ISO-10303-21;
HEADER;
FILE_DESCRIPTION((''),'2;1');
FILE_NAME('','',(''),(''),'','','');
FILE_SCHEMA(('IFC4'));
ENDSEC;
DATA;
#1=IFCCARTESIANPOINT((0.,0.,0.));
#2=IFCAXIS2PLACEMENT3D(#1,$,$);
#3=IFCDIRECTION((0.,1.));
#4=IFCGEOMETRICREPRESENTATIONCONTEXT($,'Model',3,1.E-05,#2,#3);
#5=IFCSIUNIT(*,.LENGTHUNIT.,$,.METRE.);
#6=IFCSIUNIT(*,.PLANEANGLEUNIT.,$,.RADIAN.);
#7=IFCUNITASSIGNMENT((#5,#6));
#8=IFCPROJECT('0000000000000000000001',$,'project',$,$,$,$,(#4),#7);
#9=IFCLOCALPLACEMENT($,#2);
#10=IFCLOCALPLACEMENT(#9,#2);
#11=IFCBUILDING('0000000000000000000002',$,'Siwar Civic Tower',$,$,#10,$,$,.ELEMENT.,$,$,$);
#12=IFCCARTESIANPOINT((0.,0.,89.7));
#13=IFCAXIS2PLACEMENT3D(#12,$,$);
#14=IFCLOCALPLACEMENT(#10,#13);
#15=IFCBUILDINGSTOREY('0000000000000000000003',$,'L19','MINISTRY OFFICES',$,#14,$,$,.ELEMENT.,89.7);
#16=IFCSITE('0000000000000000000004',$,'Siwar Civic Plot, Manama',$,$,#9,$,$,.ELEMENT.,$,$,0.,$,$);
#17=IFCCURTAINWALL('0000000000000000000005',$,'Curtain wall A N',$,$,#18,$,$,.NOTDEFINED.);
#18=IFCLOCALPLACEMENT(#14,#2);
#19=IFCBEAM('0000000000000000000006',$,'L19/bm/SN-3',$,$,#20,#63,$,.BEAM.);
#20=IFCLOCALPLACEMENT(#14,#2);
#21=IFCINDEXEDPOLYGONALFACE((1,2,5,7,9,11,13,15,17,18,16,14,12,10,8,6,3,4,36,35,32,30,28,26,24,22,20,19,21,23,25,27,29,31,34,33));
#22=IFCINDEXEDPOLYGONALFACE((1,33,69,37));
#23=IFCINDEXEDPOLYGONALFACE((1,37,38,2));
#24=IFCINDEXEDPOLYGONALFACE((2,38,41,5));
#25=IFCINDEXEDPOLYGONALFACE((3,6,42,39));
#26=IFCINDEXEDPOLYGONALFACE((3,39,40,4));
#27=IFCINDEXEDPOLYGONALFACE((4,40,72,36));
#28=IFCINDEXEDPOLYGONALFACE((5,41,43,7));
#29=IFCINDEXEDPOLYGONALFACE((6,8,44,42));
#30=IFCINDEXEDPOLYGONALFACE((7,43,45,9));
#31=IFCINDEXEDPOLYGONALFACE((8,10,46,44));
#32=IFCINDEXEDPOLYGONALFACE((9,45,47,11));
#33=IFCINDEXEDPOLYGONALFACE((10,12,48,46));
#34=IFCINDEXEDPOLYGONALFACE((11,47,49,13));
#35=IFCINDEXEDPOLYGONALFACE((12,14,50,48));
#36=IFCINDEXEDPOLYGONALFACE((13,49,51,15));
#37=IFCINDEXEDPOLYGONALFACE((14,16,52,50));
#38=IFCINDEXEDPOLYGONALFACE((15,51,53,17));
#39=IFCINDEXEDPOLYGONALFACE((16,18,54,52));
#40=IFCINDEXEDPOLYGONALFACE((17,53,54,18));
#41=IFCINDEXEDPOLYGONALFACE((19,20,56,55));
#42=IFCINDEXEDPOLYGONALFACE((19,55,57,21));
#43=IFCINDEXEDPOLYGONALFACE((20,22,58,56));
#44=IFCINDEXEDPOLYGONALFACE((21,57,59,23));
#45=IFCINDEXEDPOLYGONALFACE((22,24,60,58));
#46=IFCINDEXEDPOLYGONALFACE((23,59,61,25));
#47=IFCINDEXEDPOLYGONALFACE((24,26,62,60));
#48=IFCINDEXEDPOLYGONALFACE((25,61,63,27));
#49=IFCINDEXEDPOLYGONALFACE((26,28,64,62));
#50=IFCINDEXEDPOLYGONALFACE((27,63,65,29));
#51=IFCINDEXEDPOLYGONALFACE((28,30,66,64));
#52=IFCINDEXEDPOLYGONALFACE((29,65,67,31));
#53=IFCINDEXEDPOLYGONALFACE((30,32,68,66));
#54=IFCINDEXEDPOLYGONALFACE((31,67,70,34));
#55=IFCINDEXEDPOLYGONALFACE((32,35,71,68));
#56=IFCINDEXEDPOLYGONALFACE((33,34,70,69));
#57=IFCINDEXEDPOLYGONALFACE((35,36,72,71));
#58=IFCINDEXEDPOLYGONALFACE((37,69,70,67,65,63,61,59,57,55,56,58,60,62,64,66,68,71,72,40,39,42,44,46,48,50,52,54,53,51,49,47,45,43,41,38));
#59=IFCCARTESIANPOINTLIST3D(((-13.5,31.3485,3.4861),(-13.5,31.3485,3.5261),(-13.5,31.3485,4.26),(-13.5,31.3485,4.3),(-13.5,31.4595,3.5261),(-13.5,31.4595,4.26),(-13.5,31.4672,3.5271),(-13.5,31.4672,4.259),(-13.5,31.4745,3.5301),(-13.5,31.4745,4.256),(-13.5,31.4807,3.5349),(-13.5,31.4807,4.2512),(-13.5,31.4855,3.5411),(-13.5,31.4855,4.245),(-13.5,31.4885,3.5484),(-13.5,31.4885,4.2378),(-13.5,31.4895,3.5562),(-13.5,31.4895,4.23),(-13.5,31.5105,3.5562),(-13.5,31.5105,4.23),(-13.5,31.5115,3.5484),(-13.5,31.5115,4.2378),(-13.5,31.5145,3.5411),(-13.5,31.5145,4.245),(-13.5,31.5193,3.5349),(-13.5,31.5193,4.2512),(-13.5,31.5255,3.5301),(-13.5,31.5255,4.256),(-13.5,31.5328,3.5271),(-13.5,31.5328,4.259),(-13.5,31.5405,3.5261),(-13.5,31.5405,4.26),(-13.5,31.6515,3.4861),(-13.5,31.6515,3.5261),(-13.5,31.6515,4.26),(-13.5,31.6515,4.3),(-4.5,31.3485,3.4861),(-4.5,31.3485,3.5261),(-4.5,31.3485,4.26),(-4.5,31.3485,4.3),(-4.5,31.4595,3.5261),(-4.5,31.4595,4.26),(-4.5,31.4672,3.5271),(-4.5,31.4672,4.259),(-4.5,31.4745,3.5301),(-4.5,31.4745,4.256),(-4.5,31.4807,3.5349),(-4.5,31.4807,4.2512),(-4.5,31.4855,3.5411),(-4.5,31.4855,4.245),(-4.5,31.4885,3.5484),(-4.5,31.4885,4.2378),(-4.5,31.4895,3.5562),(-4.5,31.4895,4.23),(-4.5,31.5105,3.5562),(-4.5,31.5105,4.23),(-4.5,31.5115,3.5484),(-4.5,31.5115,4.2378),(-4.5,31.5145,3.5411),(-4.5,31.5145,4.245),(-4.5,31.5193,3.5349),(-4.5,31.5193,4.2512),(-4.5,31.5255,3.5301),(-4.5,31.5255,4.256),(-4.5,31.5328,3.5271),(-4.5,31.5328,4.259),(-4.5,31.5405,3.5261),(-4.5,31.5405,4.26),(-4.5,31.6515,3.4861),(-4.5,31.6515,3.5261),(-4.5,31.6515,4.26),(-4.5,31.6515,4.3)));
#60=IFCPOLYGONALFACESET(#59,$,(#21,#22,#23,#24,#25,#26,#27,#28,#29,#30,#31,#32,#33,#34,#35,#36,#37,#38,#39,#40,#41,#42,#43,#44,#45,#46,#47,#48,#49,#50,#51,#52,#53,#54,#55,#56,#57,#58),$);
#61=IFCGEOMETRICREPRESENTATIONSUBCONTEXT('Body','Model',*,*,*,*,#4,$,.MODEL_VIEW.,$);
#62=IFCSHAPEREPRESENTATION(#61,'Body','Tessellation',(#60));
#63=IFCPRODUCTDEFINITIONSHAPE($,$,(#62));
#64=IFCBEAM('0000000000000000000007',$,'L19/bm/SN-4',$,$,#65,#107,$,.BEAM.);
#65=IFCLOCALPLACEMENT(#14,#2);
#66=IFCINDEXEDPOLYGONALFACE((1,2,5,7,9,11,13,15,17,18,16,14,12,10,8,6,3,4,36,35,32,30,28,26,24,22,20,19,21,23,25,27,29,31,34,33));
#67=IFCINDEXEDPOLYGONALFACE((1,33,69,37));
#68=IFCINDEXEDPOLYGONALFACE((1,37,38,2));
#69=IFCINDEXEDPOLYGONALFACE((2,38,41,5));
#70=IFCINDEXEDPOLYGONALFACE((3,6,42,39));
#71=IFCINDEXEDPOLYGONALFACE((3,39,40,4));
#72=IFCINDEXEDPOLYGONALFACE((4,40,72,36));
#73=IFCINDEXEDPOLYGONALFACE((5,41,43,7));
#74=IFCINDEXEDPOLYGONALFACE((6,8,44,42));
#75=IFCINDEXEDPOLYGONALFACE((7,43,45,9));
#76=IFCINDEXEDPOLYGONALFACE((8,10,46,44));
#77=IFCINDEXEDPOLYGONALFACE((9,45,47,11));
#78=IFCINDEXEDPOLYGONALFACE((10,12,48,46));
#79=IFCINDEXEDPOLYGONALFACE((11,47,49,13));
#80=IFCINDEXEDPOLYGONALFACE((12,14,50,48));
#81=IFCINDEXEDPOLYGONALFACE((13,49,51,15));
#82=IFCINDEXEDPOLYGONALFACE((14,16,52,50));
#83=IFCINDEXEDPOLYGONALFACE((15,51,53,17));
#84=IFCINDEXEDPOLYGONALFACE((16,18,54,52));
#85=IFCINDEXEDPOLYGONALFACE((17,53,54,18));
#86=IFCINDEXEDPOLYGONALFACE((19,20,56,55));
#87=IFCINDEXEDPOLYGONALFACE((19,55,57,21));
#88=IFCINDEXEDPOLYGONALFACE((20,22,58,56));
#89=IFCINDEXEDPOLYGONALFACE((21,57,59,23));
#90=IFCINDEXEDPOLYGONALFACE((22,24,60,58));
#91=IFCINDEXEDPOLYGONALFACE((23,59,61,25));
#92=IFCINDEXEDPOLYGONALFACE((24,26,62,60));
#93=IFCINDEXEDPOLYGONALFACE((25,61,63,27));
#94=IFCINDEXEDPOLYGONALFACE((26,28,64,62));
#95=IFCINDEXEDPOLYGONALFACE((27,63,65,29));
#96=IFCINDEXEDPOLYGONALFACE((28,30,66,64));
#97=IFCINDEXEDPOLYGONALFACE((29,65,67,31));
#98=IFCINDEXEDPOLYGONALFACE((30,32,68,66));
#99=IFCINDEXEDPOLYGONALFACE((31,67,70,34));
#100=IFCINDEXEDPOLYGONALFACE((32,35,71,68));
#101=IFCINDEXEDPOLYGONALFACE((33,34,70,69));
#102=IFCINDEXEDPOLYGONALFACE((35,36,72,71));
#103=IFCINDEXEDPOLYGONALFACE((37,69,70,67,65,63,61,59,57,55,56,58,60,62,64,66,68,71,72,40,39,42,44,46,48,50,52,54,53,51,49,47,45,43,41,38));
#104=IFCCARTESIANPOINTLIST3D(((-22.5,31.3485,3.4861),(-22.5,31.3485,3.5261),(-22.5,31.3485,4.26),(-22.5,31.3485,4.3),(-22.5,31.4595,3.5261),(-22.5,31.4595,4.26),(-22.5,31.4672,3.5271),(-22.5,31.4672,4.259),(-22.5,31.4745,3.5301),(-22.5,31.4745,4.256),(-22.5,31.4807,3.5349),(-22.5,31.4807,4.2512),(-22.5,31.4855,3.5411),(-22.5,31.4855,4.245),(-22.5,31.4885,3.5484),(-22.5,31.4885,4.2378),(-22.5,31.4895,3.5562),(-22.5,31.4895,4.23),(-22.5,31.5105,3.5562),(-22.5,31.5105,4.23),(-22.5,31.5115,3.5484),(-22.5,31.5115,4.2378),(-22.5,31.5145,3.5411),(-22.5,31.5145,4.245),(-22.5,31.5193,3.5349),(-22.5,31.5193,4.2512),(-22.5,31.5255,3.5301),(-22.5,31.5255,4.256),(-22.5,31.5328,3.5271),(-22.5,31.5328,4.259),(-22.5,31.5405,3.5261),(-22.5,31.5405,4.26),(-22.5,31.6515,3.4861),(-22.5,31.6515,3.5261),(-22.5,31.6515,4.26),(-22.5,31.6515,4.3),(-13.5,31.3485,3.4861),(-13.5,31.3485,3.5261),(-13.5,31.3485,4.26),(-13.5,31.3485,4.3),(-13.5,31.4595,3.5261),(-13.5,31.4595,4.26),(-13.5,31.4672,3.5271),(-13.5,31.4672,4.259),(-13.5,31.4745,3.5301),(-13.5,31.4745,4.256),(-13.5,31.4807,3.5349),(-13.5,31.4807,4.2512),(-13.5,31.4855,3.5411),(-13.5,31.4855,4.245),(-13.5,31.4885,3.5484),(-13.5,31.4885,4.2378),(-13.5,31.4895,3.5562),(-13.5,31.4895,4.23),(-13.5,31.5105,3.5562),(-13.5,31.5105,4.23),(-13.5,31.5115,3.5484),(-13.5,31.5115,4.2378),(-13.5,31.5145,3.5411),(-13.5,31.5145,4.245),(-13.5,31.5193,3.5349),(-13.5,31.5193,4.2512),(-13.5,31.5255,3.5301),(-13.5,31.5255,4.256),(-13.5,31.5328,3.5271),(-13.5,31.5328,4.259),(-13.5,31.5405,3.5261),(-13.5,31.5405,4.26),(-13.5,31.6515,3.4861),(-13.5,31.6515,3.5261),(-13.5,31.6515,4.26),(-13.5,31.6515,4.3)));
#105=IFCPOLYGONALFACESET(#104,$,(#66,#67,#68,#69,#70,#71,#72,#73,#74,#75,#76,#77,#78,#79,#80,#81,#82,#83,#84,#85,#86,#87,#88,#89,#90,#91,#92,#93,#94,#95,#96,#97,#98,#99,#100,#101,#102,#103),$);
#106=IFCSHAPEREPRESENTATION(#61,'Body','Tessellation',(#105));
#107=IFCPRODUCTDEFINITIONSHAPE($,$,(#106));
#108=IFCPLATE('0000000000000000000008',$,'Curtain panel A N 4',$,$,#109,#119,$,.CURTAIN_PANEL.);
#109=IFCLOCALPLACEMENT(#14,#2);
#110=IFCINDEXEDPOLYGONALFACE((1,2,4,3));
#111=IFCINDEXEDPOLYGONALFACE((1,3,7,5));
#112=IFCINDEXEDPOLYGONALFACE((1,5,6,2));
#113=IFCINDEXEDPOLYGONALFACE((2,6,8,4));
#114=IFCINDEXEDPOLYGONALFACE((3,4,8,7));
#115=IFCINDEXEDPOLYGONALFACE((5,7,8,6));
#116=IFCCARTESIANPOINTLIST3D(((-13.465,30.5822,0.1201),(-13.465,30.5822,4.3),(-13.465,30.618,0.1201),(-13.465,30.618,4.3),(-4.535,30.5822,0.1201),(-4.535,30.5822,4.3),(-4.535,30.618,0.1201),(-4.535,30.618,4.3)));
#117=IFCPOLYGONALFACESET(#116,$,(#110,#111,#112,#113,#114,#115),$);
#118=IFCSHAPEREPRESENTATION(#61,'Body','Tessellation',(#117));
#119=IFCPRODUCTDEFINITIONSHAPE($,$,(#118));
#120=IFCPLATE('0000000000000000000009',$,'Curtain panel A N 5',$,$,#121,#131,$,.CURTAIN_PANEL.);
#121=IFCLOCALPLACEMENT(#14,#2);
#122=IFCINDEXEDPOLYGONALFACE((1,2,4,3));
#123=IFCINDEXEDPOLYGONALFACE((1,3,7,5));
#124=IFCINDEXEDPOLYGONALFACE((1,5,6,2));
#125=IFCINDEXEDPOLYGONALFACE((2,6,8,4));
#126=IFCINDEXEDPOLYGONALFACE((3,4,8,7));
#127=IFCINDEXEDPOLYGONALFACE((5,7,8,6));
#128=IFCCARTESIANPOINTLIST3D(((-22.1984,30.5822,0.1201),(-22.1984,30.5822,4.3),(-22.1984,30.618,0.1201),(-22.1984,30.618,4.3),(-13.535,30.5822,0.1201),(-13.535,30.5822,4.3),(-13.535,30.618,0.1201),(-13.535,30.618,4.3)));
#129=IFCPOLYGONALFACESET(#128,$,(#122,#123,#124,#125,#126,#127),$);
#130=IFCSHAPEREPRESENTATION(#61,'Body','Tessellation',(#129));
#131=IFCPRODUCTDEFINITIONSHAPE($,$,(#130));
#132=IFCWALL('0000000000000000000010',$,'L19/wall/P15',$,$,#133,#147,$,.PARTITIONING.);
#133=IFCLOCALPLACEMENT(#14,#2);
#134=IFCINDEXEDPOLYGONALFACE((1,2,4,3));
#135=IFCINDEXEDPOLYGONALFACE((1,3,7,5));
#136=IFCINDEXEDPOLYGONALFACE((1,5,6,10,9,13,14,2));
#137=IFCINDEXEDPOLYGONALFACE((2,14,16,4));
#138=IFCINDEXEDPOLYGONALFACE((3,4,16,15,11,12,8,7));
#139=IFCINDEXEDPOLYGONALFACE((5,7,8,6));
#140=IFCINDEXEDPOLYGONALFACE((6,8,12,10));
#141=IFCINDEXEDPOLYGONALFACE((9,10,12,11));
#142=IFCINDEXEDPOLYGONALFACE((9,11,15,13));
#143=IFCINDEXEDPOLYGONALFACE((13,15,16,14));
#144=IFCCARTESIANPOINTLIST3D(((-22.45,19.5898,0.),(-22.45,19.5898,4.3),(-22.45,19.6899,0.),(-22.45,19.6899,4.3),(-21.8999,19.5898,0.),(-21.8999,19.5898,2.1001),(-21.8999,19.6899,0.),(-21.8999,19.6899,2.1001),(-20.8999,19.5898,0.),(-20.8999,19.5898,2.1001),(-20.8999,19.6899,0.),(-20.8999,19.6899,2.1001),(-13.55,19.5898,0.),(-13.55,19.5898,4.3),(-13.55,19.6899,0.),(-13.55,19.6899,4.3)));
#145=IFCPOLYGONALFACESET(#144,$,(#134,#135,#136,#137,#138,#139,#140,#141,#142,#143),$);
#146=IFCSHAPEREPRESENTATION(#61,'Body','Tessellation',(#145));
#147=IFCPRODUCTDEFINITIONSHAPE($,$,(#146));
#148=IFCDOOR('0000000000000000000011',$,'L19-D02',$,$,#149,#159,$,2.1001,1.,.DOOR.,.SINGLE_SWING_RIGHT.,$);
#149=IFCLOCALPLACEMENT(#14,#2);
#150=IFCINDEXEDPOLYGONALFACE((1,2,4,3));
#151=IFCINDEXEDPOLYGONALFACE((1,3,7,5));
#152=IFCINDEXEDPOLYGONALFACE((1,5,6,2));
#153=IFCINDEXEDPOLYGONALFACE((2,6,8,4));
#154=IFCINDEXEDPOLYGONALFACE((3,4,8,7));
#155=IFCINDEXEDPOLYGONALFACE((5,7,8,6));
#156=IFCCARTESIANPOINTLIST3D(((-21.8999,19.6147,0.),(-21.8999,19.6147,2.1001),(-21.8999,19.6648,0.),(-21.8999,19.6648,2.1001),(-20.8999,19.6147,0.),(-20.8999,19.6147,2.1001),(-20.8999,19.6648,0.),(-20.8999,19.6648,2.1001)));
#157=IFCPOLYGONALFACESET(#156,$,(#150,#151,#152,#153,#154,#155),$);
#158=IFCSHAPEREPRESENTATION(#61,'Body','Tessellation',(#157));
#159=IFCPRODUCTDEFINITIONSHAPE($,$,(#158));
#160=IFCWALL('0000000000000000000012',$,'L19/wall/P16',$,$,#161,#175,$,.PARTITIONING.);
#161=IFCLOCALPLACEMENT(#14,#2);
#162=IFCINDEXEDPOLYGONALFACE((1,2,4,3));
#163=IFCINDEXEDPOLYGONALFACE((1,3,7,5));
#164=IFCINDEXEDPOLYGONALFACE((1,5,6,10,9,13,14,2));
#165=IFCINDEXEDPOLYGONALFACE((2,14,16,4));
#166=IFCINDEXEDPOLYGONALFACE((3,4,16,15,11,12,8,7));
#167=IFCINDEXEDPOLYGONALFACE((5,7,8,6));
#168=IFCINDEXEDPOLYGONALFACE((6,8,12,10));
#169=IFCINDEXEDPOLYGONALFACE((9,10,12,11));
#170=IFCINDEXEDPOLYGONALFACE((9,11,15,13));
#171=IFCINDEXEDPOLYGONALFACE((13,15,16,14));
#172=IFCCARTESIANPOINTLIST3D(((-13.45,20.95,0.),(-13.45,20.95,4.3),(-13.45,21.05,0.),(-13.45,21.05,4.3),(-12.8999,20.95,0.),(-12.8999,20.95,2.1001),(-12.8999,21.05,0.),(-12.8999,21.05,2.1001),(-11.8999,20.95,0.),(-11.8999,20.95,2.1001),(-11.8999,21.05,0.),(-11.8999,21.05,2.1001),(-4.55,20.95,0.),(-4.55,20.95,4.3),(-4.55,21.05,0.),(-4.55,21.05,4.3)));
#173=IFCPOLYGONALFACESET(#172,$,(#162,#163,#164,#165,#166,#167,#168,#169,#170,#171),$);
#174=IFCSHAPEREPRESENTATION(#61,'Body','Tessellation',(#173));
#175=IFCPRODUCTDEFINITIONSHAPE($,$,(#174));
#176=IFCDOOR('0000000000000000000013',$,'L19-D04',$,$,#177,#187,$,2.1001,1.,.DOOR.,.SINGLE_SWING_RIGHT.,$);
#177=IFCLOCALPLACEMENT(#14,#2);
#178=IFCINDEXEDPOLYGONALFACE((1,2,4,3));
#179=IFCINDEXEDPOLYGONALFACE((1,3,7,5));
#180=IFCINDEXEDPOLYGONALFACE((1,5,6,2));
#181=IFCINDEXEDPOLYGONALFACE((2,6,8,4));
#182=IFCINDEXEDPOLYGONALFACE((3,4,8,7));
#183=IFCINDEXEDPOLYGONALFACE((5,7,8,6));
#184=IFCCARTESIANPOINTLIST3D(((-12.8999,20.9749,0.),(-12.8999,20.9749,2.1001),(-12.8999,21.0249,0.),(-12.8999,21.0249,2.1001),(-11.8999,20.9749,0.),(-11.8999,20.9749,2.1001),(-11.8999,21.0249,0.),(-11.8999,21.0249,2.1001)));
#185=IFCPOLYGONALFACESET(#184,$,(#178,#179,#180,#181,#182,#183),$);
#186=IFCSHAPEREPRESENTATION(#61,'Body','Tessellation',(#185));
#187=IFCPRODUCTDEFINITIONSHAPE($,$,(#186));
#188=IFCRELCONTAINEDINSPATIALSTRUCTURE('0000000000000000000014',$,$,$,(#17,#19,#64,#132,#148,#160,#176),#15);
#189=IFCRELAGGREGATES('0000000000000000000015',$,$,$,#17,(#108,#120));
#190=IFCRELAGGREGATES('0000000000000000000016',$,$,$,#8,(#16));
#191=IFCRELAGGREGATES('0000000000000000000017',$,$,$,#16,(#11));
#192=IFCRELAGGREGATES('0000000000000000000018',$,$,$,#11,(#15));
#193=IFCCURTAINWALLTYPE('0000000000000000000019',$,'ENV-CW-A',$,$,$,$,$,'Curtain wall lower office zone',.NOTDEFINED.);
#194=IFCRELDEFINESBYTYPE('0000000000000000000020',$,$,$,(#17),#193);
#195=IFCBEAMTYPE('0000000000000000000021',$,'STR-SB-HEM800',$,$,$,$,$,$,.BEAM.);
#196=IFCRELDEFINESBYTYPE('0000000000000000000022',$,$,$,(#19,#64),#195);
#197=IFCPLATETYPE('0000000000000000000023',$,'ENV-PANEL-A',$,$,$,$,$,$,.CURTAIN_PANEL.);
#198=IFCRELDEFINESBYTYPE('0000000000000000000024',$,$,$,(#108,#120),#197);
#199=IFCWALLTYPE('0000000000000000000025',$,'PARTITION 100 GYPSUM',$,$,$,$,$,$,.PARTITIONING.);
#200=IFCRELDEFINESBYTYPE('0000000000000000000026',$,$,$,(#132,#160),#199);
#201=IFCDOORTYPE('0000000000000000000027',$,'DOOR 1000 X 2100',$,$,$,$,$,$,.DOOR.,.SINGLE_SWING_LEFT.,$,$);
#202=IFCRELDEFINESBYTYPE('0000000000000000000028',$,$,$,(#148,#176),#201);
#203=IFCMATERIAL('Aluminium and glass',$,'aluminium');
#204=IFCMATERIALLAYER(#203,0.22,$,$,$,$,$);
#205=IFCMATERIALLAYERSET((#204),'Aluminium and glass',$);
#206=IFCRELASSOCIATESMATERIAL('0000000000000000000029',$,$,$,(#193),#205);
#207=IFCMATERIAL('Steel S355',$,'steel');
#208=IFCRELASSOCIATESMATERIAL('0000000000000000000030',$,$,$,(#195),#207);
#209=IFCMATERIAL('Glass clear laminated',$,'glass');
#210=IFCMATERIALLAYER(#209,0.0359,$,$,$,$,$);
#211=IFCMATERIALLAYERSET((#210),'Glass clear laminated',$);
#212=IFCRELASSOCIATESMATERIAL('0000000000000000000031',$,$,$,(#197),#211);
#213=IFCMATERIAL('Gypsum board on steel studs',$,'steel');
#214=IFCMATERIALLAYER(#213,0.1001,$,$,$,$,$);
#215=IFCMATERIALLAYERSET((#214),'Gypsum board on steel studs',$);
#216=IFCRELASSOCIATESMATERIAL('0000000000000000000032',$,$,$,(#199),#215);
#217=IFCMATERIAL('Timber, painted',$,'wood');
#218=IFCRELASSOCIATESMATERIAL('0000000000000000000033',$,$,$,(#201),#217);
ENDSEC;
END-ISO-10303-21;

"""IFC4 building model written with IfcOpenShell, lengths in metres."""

from ifc_helpers import new_model, si_unit, direction, frame, frame_2d, origin, origin_2d, place, context, subcontext, project, spatial, rectangle, i_section, extrude, material, layer, layer_set, material_profile, profile_set, type_object, element, fill, aggregate, save


model = new_model("IFC4")

# Units and contexts
model_context = context("Model", 3, precision=1e-05, world=origin(), true_north=direction((0.0, 1.0)))
body_context = subcontext(model_context, "Body", "Model", "MODEL_VIEW")
ifc_project = project(units=[si_unit("LENGTHUNIT", "METRE"), si_unit("PLANEANGLEUNIT", "RADIAN")], contexts=[model_context])

# Site, building, storey
site_placement = place(None, origin())
site = spatial("IfcSite", under=ifc_project, at=site_placement, Name="Siwar Civic Plot, Manama", CompositionType="ELEMENT", RefElevation=0.0)
building_placement = place(site_placement, origin())
building = spatial("IfcBuilding", under=site, at=building_placement, Name="Siwar Civic Tower", CompositionType="ELEMENT")
storey_placement = place(building_placement, frame((0.0, 0.0, 89.7)))
storey = spatial("IfcBuildingStorey", under=building, at=storey_placement, Name="L19", Description="MINISTRY OFFICES", CompositionType="ELEMENT", Elevation=89.7)

# Curtain wall
ifc_material_1 = material(Name="Aluminium and glass", Category="aluminium")
ifc_layer_1 = layer(ifc_material_1, 0.22)
ifc_layer_set_1 = layer_set([ifc_layer_1], Name="Aluminium and glass")
curtain_wall_type_1 = type_object("IfcCurtainWallType", Name="ENV-CW-A", ElementType="Curtain wall lower office zone", PredefinedType="NOTDEFINED", material=ifc_layer_set_1)
curtain_wall_1_placement = place(storey_placement, origin())
curtain_wall_1 = element("IfcCurtainWall", 1, at=curtain_wall_1_placement, inside=storey, type_object=curtain_wall_type_1, Name="Curtain wall A N", PredefinedType="NOTDEFINED")

# Beams
ifc_material_2 = material(Name="Steel S355", Category="steel")
ifc_material_profile_1 = material_profile(ifc_material_2, i_section(OverallWidth=0.303, OverallDepth=0.814, WebThickness=0.021, FlangeThickness=0.04, FilletRadius=0.03, at=origin_2d()), Name="HEM800")
ifc_profile_set_1 = profile_set([ifc_material_profile_1], Name="Steel S355")
beam_type_1 = type_object("IfcBeamType", Name="STR-SB-HEM800", PredefinedType="BEAM", material=ifc_profile_set_1)
for number, where, z_axis, x_axis, name in (
    (2, (-4.5, 31.5, 3.8931), (-1.0, 0.0, 0.0), (0.0, -1.0, 0.0), "L19/bm/SN-3"),
    (3, (-13.5, 31.5, 3.8931), (-1.0, 0.0, 0.0), (0.0, -1.0, 0.0), "L19/bm/SN-4"),
):
    element("IfcBeam", number, at=place(storey_placement, frame(where, z_axis=z_axis, x_axis=x_axis)), inside=storey, type_object=beam_type_1, Name=name, PredefinedType="BEAM", context=body_context, shape_type="SweptSolid", body=[
        extrude(i_section(OverallWidth=0.303, OverallDepth=0.814, WebThickness=0.021, FlangeThickness=0.04, FilletRadius=0.03, at=origin_2d()), origin(), (0.0, 0.0, 1.0), 9.0),
    ])

# Plates
ifc_material_3 = material(Name="Glass clear laminated", Category="glass")
ifc_layer_2 = layer(ifc_material_3, 0.0359)
ifc_layer_set_2 = layer_set([ifc_layer_2], Name="Glass clear laminated")
plate_type = type_object("IfcPlateType", Name="ENV-PANEL-A", PredefinedType="CURTAIN_PANEL", material=ifc_layer_set_2)
plate_1_placement = place(storey_placement, frame((-9.0, 30.6001, 0.1201), z_axis=(0.0, 0.0, 1.0), x_axis=(-1.0, 0.0, 0.0)))
plate_1 = element("IfcPlate", 4, at=plate_1_placement, type_object=plate_type, Name="Curtain panel A N 4", PredefinedType="CURTAIN_PANEL", context=body_context, shape_type="SweptSolid", body=[
    extrude(rectangle(XDim=8.9299, YDim=0.0359, at=origin_2d()), origin(), (0.0, 0.0, 1.0), 4.1799),
])
plate_2_placement = place(storey_placement, frame((-17.8667, 30.6001, 0.1201), z_axis=(0.0, 0.0, 1.0), x_axis=(-1.0, 0.0, 0.0)))
plate_2 = element("IfcPlate", 5, at=plate_2_placement, type_object=plate_type, Name="Curtain panel A N 5", PredefinedType="CURTAIN_PANEL", context=body_context, shape_type="SweptSolid", body=[
    extrude(rectangle(XDim=8.6633, YDim=0.0359, at=origin_2d()), origin(), (0.0, 0.0, 1.0), 4.1799),
])
aggregate(curtain_wall_1, [plate_1, plate_2])

# Walls, openings, doors
ifc_material_4 = material(Name="Gypsum board on steel studs", Category="steel")
ifc_layer_3 = layer(ifc_material_4, 0.1001)
ifc_layer_set_3 = layer_set([ifc_layer_3], Name="Gypsum board on steel studs")
wall_type = type_object("IfcWallType", Name="PARTITION 100 GYPSUM", PredefinedType="PARTITIONING", material=ifc_layer_set_3)
wall_1_placement = place(storey_placement, frame((-22.45, 19.6399, 0.0), z_axis=(0.0, 0.0, 1.0), x_axis=(1.0, 0.0, 0.0)))
wall_1 = element("IfcWall", 6, at=wall_1_placement, inside=storey, type_object=wall_type, Name="L19/wall/P15", PredefinedType="PARTITIONING", context=body_context, shape_type="SweptSolid", body=[
    extrude(rectangle(XDim=8.8999, YDim=0.1001, at=frame_2d((4.45, 0.0))), origin(), (0.0, 0.0, 1.0), 4.3),
])
opening_1_placement = place(wall_1_placement, frame((0.55, 0.0, 0.0)))
opening_1 = element("IfcOpeningElement", 7, at=opening_1_placement, cuts=wall_1, PredefinedType="OPENING", context=body_context, shape_type="SweptSolid", body=[
    extrude(rectangle(XDim=1.0, YDim=2.1001, at=frame_2d((0.5, 1.05))), frame((0.0, 0.0601, 0.0), z_axis=(0.0, -1.0, 0.0), x_axis=(1.0, 0.0, 0.0)), (0.0, 0.0, 1.0), 0.1201),
])
ifc_material_5 = material(Name="Timber, painted", Category="wood")
door_type = type_object("IfcDoorType", Name="DOOR 1000 X 2100", OperationType="SINGLE_SWING_LEFT", PredefinedType="DOOR", material=ifc_material_5)
door_1_placement = place(opening_1_placement, origin())
door_1 = element("IfcDoor", 8, at=door_1_placement, inside=storey, type_object=door_type, Name="L19-D02", OperationType="SINGLE_SWING_RIGHT", OverallHeight=2.1001, OverallWidth=1.0, PredefinedType="DOOR", context=body_context, shape_type="SweptSolid", body=[
    extrude(rectangle(XDim=1.0, YDim=2.1001, at=frame_2d((0.5, 1.05))), frame((0.0, 0.0249, 0.0), z_axis=(0.0, -1.0, 0.0), x_axis=(1.0, 0.0, 0.0)), (0.0, 0.0, 1.0), 0.05),
])
fill(opening_1, door_1)
wall_2_placement = place(storey_placement, frame((-13.45, 21.0, 0.0), z_axis=(0.0, 0.0, 1.0), x_axis=(1.0, 0.0, 0.0)))
wall_2 = element("IfcWall", 9, at=wall_2_placement, inside=storey, type_object=wall_type, Name="L19/wall/P16", PredefinedType="PARTITIONING", context=body_context, shape_type="SweptSolid", body=[
    extrude(rectangle(XDim=8.8999, YDim=0.1001, at=frame_2d((4.45, 0.0))), origin(), (0.0, 0.0, 1.0), 4.3),
])
opening_2_placement = place(wall_2_placement, frame((0.55, 0.0, 0.0)))
opening_2 = element("IfcOpeningElement", 10, at=opening_2_placement, cuts=wall_2, PredefinedType="OPENING", context=body_context, shape_type="SweptSolid", body=[
    extrude(rectangle(XDim=1.0, YDim=2.1001, at=frame_2d((0.5, 1.05))), frame((0.0, 0.0601, 0.0), z_axis=(0.0, -1.0, 0.0), x_axis=(1.0, 0.0, 0.0)), (0.0, 0.0, 1.0), 0.1201),
])
door_2_placement = place(opening_2_placement, origin())
door_2 = element("IfcDoor", 11, at=door_2_placement, inside=storey, type_object=door_type, Name="L19-D04", OperationType="SINGLE_SWING_RIGHT", OverallHeight=2.1001, OverallWidth=1.0, PredefinedType="DOOR", context=body_context, shape_type="SweptSolid", body=[
    extrude(rectangle(XDim=1.0, YDim=2.1001, at=frame_2d((0.5, 1.05))), frame((0.0, 0.0249, 0.0), z_axis=(0.0, -1.0, 0.0), x_axis=(1.0, 0.0, 0.0)), (0.0, 0.0, 1.0), 0.05),
])
fill(opening_2, door_2)

save(model, "model.ifc")
